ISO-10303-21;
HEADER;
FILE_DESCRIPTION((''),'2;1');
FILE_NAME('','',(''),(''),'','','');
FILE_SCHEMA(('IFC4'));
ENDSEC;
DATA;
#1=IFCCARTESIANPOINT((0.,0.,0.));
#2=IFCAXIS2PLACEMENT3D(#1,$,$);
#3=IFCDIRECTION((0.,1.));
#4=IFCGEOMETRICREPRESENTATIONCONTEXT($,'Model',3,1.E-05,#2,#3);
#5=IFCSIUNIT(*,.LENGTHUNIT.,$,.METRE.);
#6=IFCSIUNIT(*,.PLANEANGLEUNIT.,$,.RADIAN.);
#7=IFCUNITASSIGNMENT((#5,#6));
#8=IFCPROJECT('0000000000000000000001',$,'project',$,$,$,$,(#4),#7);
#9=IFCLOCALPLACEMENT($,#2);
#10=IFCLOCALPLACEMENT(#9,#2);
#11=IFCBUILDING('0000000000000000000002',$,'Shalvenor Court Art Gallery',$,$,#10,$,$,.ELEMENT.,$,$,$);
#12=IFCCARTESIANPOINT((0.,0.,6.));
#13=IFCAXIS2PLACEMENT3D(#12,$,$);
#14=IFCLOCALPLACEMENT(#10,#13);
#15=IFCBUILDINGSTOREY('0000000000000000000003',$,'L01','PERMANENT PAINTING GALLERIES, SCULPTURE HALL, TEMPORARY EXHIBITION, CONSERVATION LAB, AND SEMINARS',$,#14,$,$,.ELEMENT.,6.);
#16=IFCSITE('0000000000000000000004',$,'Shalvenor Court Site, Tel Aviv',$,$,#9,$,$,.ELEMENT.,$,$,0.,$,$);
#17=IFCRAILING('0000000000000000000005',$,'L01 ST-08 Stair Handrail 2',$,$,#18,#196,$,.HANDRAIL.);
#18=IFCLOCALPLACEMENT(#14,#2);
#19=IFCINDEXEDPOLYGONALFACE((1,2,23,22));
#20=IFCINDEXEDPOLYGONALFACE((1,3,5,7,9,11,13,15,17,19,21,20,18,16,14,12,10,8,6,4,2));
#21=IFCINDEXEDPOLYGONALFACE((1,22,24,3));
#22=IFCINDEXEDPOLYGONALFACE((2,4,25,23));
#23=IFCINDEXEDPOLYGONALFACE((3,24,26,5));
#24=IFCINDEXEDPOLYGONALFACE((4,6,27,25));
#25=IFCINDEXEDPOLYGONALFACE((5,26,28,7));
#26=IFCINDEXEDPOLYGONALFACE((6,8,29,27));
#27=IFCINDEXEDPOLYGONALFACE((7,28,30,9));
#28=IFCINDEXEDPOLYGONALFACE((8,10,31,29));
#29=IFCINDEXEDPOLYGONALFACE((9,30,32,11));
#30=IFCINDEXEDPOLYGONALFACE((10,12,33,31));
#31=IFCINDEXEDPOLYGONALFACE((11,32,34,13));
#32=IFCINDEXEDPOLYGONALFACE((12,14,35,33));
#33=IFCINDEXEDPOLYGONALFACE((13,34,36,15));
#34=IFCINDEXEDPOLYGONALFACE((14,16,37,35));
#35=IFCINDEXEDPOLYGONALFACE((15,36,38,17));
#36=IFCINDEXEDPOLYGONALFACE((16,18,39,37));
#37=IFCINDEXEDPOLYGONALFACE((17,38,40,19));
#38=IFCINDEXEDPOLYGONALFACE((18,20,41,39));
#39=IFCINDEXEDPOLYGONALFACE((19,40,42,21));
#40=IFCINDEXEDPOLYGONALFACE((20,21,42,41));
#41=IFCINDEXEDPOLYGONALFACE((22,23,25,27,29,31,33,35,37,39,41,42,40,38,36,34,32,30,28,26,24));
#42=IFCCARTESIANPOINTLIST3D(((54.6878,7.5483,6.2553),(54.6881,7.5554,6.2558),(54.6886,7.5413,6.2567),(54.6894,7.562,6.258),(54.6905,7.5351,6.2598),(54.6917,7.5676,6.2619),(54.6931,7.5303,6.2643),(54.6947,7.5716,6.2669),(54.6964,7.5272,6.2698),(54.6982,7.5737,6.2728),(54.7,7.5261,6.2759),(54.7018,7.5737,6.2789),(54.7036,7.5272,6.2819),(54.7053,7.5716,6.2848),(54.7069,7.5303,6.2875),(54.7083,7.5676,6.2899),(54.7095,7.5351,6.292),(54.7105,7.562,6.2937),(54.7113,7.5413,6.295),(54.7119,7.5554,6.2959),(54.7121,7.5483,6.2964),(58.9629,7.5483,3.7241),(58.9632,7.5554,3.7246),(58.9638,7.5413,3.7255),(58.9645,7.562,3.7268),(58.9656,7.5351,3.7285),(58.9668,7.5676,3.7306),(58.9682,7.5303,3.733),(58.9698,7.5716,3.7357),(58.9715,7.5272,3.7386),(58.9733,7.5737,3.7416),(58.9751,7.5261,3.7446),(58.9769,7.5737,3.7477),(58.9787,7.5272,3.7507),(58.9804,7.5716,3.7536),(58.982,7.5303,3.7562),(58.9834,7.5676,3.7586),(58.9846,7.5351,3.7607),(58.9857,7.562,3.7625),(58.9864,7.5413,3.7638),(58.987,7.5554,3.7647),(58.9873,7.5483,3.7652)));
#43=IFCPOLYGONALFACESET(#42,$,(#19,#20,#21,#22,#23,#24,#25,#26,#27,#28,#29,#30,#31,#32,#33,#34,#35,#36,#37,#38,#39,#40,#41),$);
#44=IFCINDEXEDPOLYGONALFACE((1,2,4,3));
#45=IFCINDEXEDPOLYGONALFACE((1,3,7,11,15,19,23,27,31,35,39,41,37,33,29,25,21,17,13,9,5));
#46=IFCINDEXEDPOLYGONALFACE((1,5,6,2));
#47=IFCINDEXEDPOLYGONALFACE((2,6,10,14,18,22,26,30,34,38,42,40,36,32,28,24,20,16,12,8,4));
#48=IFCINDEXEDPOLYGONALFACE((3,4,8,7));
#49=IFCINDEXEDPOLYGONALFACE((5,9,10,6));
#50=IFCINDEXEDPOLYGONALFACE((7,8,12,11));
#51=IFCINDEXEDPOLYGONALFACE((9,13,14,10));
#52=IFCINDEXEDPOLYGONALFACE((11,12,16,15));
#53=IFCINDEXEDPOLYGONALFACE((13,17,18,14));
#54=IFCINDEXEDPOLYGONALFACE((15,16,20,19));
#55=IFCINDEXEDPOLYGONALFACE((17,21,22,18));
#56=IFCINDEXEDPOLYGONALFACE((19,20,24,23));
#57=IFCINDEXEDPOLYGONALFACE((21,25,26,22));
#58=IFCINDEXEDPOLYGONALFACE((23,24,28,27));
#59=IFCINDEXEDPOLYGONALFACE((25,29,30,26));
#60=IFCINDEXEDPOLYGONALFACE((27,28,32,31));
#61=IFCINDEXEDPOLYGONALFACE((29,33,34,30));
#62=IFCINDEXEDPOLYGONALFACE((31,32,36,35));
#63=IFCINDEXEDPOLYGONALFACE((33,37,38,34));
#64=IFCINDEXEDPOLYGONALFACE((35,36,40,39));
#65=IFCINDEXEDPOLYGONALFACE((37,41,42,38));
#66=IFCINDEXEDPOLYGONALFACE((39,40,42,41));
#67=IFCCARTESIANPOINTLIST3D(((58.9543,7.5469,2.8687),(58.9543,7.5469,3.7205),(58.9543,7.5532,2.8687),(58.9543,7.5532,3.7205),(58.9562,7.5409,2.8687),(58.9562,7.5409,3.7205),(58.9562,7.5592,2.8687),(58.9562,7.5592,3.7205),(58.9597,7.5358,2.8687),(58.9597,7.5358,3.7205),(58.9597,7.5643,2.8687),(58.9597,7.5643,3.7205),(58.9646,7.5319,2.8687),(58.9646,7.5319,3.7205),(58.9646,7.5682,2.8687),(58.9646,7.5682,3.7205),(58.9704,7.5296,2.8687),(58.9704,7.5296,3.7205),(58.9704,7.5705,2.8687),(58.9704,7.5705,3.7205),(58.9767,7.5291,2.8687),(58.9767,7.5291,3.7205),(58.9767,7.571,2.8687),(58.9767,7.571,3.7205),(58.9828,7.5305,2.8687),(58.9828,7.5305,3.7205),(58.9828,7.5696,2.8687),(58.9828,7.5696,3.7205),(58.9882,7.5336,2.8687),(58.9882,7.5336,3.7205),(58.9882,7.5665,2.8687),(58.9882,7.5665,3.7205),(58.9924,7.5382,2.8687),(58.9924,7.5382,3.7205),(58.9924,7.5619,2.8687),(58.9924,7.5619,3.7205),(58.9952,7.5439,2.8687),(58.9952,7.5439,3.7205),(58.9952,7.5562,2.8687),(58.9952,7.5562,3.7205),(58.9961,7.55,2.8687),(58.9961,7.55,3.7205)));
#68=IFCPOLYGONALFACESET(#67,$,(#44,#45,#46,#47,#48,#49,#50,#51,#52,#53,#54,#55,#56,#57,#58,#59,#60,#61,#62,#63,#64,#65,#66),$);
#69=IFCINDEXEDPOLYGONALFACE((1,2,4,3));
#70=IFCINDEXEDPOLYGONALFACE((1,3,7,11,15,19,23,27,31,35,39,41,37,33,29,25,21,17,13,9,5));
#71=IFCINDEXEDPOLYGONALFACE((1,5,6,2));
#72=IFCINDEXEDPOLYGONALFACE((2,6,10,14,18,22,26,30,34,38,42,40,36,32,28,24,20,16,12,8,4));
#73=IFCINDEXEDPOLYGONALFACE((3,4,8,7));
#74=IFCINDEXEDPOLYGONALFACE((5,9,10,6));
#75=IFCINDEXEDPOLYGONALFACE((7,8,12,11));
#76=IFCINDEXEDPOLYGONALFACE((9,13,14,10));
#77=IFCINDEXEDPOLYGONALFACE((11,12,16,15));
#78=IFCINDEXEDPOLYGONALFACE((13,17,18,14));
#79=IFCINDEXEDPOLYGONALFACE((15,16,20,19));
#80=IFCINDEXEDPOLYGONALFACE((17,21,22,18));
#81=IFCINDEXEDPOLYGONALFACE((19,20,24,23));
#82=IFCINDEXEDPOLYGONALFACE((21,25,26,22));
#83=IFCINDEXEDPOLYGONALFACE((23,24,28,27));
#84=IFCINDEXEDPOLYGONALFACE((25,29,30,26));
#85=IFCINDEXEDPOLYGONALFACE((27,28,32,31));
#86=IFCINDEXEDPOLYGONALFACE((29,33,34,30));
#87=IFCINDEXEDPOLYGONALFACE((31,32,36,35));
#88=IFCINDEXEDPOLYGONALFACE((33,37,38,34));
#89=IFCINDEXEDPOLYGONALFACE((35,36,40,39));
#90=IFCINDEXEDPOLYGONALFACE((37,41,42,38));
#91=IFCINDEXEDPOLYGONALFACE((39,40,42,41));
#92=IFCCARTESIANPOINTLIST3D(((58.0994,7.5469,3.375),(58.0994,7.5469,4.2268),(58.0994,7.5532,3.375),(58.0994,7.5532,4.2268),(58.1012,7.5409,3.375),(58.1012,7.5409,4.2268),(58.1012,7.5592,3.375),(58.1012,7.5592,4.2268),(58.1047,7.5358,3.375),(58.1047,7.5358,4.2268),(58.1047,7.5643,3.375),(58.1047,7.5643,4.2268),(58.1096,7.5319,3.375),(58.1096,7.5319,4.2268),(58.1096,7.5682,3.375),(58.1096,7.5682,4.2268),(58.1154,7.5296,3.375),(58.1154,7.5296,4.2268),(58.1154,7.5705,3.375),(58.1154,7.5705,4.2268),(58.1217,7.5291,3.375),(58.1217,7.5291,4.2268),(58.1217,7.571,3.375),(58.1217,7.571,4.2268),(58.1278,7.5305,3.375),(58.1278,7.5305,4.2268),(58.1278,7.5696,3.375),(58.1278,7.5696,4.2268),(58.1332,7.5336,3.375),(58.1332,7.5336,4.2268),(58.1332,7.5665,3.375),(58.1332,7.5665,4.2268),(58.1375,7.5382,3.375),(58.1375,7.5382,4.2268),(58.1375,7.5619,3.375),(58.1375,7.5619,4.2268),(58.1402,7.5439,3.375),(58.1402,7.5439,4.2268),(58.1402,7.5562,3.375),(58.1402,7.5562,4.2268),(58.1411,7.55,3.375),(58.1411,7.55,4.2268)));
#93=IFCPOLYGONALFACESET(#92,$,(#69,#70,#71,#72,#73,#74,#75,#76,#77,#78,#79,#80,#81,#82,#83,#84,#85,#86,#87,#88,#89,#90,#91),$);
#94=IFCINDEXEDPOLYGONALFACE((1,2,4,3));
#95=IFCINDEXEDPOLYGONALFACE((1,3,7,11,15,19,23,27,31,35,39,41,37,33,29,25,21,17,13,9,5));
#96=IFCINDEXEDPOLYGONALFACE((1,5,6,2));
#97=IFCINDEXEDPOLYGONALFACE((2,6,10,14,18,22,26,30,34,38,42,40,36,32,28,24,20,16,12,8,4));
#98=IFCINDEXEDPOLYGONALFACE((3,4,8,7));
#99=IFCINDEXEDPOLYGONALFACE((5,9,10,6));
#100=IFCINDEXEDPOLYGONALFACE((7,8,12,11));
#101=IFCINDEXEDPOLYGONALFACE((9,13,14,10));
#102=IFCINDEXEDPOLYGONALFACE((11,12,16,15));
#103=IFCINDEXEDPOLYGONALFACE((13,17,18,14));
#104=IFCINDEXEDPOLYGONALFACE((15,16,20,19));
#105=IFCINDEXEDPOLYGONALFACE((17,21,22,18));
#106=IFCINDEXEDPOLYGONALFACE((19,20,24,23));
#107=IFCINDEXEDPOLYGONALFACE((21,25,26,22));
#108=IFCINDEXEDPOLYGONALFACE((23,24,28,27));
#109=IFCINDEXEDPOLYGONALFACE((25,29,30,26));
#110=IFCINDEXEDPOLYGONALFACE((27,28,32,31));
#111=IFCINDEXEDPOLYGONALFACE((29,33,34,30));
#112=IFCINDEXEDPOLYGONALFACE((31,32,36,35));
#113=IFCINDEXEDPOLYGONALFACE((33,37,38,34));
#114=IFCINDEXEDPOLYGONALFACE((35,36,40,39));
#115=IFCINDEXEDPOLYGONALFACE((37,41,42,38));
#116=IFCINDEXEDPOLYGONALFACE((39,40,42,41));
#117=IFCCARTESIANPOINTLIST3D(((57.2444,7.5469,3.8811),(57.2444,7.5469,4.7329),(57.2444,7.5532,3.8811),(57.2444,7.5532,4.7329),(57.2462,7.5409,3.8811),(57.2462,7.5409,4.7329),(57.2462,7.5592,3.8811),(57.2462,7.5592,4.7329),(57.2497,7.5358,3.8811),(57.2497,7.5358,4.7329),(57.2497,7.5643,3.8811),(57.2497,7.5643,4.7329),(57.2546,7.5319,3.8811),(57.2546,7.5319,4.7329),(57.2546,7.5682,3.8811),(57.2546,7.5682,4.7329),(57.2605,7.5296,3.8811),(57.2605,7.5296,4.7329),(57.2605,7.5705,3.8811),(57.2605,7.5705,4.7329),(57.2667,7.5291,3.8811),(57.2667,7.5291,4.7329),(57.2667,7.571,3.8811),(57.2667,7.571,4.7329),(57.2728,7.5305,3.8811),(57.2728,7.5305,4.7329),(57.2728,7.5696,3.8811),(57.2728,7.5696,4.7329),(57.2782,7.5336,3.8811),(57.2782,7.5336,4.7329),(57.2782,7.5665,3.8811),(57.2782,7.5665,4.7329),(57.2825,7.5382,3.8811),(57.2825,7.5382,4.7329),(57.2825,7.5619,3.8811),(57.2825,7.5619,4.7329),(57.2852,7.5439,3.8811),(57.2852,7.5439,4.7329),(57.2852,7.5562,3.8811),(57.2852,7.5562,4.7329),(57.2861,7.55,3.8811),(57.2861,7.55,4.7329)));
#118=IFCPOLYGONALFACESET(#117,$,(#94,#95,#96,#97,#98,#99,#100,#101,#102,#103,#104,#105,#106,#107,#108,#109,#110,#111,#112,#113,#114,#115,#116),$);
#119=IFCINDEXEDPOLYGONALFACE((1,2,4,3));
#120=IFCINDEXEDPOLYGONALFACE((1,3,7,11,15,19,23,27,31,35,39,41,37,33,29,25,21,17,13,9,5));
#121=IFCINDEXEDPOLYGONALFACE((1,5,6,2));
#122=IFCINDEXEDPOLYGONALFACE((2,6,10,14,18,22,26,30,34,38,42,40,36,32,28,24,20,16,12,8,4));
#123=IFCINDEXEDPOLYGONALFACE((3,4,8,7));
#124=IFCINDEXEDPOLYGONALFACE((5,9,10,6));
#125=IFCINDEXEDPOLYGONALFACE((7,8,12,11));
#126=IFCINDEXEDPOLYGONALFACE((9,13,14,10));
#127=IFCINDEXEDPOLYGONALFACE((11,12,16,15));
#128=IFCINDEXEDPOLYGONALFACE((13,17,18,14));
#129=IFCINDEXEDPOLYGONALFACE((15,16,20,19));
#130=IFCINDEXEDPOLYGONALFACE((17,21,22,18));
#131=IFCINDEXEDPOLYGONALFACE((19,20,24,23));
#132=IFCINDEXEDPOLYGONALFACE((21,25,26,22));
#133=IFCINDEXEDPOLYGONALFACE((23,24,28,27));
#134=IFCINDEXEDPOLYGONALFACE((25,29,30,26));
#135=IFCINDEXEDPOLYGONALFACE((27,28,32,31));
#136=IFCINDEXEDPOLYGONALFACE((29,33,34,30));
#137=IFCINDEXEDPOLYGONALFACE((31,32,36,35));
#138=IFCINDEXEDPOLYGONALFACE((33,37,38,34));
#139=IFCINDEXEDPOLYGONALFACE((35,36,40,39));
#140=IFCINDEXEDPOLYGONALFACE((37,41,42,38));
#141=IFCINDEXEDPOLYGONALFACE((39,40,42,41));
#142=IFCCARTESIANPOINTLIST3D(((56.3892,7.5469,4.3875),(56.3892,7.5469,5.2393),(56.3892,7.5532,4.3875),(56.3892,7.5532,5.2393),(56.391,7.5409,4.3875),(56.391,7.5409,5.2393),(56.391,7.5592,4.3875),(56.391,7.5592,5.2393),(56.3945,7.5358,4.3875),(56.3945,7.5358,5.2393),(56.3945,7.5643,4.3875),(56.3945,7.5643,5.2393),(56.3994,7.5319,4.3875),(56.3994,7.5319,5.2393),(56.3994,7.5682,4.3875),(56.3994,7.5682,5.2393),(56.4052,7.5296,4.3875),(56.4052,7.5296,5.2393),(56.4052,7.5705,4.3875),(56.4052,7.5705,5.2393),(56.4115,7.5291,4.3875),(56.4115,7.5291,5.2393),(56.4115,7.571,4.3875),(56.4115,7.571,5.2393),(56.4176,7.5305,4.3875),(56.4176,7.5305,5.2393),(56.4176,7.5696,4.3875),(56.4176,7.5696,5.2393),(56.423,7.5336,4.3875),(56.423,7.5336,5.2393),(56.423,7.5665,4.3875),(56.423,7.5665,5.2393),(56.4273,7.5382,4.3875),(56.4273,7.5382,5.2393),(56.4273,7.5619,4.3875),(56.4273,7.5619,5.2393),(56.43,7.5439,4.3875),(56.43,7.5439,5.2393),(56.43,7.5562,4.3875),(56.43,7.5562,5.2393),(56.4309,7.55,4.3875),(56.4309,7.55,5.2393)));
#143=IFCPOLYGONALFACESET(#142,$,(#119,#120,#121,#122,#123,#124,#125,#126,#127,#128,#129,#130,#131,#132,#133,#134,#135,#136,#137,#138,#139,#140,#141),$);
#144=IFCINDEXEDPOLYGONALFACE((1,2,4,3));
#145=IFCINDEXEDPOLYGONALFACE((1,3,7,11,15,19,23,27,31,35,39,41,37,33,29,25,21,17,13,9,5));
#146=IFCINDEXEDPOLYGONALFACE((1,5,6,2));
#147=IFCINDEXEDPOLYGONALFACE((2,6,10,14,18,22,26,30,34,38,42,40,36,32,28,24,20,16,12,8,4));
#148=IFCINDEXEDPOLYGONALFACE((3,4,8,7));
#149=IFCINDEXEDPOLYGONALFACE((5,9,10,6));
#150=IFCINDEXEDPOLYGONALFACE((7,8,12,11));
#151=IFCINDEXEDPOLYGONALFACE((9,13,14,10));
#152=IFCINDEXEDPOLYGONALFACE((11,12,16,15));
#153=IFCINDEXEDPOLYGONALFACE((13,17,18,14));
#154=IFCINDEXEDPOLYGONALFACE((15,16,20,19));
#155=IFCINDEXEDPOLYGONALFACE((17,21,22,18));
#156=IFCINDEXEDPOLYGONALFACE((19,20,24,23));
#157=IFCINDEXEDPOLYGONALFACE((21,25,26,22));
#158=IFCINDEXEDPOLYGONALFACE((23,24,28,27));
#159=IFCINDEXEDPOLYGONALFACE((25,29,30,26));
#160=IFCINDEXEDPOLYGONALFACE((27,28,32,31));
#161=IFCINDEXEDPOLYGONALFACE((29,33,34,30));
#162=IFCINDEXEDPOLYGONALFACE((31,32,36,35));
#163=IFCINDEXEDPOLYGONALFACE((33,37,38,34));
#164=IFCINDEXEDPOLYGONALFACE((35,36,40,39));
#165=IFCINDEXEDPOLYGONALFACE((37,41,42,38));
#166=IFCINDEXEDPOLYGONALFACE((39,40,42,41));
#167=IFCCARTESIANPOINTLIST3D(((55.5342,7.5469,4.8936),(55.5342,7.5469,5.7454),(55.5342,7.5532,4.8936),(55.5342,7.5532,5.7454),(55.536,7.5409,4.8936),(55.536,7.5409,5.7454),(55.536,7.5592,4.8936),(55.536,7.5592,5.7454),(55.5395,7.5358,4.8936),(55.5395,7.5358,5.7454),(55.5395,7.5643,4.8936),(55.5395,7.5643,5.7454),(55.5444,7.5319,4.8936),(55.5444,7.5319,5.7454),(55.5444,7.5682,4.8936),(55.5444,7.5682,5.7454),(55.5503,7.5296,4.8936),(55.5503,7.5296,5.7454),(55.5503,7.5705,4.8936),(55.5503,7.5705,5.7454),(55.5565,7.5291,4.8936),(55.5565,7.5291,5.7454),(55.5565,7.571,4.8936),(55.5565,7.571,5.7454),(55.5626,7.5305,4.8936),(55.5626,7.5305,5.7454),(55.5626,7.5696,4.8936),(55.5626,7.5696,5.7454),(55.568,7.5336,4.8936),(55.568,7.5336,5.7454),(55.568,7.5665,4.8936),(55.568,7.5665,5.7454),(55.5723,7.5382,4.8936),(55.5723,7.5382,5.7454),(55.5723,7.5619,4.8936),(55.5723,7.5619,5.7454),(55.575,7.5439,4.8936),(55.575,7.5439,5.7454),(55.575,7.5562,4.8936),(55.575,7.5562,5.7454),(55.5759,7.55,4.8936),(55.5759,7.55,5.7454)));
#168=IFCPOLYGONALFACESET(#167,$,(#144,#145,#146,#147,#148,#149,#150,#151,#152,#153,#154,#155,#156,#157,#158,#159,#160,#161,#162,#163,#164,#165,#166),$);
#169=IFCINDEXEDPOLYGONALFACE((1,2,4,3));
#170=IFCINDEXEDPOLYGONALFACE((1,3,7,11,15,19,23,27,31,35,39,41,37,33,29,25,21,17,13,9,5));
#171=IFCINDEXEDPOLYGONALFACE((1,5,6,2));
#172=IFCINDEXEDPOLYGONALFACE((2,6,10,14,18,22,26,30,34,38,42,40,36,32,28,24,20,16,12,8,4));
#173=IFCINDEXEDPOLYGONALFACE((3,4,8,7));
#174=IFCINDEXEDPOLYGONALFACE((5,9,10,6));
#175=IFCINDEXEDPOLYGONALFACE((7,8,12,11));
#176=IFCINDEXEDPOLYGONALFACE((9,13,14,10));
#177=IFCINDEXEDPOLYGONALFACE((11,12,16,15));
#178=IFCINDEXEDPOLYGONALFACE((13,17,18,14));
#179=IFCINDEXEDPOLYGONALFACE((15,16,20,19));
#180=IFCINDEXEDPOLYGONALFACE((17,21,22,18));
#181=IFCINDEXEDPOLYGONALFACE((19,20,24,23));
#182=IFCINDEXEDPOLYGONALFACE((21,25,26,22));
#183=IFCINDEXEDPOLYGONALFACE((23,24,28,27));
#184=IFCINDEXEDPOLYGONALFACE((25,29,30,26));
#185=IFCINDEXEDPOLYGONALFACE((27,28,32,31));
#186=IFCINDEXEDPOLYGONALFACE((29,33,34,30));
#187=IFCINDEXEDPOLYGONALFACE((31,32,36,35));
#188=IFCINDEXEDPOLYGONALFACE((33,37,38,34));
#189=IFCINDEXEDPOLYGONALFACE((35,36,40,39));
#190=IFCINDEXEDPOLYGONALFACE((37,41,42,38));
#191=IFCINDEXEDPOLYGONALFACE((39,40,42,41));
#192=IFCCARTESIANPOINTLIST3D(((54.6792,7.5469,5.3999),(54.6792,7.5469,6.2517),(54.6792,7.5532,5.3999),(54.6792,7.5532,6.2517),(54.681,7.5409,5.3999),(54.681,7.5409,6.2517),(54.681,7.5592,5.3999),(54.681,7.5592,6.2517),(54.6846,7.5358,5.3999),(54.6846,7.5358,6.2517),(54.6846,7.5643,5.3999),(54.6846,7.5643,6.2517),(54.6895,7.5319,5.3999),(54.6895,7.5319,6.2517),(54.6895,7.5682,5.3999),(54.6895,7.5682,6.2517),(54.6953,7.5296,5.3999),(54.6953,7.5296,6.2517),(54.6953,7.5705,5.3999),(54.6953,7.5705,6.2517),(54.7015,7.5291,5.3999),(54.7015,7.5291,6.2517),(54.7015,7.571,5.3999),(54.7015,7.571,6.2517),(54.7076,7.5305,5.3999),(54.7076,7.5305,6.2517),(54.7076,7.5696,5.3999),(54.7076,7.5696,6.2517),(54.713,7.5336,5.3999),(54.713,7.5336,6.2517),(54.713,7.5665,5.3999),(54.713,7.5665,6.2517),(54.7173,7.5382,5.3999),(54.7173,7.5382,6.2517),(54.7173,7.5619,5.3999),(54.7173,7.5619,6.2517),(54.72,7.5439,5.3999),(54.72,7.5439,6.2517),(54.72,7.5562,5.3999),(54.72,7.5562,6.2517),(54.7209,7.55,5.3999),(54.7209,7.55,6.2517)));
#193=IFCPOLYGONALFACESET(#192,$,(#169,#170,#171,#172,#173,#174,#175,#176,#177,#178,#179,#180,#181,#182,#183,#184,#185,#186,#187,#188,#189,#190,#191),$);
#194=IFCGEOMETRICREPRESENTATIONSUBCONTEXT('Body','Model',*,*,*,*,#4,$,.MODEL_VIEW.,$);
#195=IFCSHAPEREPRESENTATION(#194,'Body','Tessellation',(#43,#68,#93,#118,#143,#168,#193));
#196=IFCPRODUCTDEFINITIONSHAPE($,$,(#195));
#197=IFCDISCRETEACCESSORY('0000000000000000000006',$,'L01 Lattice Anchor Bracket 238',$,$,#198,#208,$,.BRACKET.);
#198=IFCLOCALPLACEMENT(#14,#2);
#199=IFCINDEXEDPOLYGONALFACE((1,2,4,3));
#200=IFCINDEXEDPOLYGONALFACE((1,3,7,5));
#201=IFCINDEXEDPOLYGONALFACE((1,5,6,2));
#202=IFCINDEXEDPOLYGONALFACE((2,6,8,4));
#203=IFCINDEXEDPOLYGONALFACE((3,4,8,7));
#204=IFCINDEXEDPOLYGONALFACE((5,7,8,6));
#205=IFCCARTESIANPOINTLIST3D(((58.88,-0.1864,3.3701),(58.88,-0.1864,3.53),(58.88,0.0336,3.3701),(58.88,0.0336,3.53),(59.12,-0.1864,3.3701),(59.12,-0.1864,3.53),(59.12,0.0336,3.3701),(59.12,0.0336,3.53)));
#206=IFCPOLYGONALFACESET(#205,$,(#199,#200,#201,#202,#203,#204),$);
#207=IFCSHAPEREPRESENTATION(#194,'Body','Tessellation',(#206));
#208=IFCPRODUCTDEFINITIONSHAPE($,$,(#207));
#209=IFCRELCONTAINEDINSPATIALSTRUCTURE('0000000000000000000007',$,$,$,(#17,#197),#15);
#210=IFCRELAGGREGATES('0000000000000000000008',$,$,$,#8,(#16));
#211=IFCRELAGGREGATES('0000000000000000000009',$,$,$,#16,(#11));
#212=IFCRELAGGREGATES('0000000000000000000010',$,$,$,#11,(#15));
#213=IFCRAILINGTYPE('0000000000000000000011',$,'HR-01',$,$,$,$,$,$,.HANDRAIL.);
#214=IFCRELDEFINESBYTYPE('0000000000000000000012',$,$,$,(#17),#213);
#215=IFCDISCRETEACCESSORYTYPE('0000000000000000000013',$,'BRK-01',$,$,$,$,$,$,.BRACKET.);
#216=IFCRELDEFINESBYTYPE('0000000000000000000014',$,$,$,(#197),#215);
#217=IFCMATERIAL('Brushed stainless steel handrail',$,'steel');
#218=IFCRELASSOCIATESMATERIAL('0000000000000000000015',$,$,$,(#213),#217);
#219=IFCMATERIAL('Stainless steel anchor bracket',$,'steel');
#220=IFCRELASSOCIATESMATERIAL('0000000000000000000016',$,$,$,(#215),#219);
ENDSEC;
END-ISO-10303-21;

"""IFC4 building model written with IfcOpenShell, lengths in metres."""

from ifc_helpers import new_model, si_unit, direction, frame, origin, origin_2d, place, context, subcontext, project, spatial, rectangle, circle, extrude, material, type_object, element, save


model = new_model("IFC4")

# Units and contexts
model_context = context("Model", 3, precision=1e-05, world=origin(), true_north=direction((0.0, 1.0)))
body_context = subcontext(model_context, "Body", "Model", "MODEL_VIEW")
ifc_project = project(units=[si_unit("LENGTHUNIT", "METRE"), si_unit("PLANEANGLEUNIT", "RADIAN")], contexts=[model_context])

# Site, building, storey
site_placement = place(None, origin())
site = spatial("IfcSite", under=ifc_project, at=site_placement, Name="Shalvenor Court Site, Tel Aviv", CompositionType="ELEMENT", RefElevation=0.0)
building_placement = place(site_placement, origin())
building = spatial("IfcBuilding", under=site, at=building_placement, Name="Shalvenor Court Art Gallery", CompositionType="ELEMENT")
storey_placement = place(building_placement, frame((0.0, 0.0, 6.0)))
storey = spatial("IfcBuildingStorey", under=building, at=storey_placement, Name="L01", Description="PERMANENT PAINTING GALLERIES, SCULPTURE HALL, TEMPORARY EXHIBITION, CONSERVATION LAB, AND SEMINARS", CompositionType="ELEMENT", Elevation=6.0)

# Railing
ifc_material_1 = material(Name="Brushed stainless steel handrail", Category="steel")
railing_type_1 = type_object("IfcRailingType", Name="HR-01", PredefinedType="HANDRAIL", material=ifc_material_1)
railing_1_placement = place(storey_placement, frame((58.9751, 7.55, 2.8687)))
element("IfcRailing", 1, at=railing_1_placement, inside=storey, type_object=railing_type_1, Name="L01 ST-08 Stair Handrail 2", PredefinedType="HANDRAIL", context=body_context, shape_type="SweptSolid", body=[
    extrude(circle(Radius=0.0239, at=origin_2d()), frame((0.0, 0.0, 0.876), z_axis=(-0.860483, 0.0, 0.509479), x_axis=(0.0, -1.0, 0.0)), (0.0, 0.0, 1.0), 4.9683),
    extrude(circle(Radius=0.021, at=origin_2d()), origin(), (0.0, 0.0, 1.0), 0.8518),
    extrude(circle(Radius=0.021, at=origin_2d()), frame((-0.855, 0.0, 0.5063)), (0.0, 0.0, 1.0), 0.8518),
    extrude(circle(Radius=0.021, at=origin_2d()), frame((-1.71, 0.0, 1.0125)), (0.0, 0.0, 1.0), 0.8518),
    extrude(circle(Radius=0.021, at=origin_2d()), frame((-2.5652, 0.0, 1.5188)), (0.0, 0.0, 1.0), 0.8518),
    extrude(circle(Radius=0.021, at=origin_2d()), frame((-3.4202, 0.0, 2.0249)), (0.0, 0.0, 1.0), 0.8518),
    extrude(circle(Radius=0.021, at=origin_2d()), frame((-4.2751, 0.0, 2.5312)), (0.0, 0.0, 1.0), 0.8518),
])

# Discrete accessory
ifc_material_2 = material(Name="Stainless steel anchor bracket", Category="steel")
discrete_accessory_type = type_object("IfcDiscreteAccessoryType", Name="BRK-01", PredefinedType="BRACKET", material=ifc_material_2)
discrete_accessory_placement = place(storey_placement, frame((59.0, -0.0764, 3.3701), z_axis=(0.0, 0.0, 1.0), x_axis=(-1.0, 0.0, 0.0)))
element("IfcDiscreteAccessory", 2, at=discrete_accessory_placement, inside=storey, type_object=discrete_accessory_type, Name="L01 Lattice Anchor Bracket 238", PredefinedType="BRACKET", context=body_context, shape_type="SweptSolid", body=[
    extrude(rectangle(XDim=0.24, YDim=0.22, at=origin_2d()), origin(), (0.0, 0.0, 1.0), 0.1599),
])

save(model, "model.ifc")
